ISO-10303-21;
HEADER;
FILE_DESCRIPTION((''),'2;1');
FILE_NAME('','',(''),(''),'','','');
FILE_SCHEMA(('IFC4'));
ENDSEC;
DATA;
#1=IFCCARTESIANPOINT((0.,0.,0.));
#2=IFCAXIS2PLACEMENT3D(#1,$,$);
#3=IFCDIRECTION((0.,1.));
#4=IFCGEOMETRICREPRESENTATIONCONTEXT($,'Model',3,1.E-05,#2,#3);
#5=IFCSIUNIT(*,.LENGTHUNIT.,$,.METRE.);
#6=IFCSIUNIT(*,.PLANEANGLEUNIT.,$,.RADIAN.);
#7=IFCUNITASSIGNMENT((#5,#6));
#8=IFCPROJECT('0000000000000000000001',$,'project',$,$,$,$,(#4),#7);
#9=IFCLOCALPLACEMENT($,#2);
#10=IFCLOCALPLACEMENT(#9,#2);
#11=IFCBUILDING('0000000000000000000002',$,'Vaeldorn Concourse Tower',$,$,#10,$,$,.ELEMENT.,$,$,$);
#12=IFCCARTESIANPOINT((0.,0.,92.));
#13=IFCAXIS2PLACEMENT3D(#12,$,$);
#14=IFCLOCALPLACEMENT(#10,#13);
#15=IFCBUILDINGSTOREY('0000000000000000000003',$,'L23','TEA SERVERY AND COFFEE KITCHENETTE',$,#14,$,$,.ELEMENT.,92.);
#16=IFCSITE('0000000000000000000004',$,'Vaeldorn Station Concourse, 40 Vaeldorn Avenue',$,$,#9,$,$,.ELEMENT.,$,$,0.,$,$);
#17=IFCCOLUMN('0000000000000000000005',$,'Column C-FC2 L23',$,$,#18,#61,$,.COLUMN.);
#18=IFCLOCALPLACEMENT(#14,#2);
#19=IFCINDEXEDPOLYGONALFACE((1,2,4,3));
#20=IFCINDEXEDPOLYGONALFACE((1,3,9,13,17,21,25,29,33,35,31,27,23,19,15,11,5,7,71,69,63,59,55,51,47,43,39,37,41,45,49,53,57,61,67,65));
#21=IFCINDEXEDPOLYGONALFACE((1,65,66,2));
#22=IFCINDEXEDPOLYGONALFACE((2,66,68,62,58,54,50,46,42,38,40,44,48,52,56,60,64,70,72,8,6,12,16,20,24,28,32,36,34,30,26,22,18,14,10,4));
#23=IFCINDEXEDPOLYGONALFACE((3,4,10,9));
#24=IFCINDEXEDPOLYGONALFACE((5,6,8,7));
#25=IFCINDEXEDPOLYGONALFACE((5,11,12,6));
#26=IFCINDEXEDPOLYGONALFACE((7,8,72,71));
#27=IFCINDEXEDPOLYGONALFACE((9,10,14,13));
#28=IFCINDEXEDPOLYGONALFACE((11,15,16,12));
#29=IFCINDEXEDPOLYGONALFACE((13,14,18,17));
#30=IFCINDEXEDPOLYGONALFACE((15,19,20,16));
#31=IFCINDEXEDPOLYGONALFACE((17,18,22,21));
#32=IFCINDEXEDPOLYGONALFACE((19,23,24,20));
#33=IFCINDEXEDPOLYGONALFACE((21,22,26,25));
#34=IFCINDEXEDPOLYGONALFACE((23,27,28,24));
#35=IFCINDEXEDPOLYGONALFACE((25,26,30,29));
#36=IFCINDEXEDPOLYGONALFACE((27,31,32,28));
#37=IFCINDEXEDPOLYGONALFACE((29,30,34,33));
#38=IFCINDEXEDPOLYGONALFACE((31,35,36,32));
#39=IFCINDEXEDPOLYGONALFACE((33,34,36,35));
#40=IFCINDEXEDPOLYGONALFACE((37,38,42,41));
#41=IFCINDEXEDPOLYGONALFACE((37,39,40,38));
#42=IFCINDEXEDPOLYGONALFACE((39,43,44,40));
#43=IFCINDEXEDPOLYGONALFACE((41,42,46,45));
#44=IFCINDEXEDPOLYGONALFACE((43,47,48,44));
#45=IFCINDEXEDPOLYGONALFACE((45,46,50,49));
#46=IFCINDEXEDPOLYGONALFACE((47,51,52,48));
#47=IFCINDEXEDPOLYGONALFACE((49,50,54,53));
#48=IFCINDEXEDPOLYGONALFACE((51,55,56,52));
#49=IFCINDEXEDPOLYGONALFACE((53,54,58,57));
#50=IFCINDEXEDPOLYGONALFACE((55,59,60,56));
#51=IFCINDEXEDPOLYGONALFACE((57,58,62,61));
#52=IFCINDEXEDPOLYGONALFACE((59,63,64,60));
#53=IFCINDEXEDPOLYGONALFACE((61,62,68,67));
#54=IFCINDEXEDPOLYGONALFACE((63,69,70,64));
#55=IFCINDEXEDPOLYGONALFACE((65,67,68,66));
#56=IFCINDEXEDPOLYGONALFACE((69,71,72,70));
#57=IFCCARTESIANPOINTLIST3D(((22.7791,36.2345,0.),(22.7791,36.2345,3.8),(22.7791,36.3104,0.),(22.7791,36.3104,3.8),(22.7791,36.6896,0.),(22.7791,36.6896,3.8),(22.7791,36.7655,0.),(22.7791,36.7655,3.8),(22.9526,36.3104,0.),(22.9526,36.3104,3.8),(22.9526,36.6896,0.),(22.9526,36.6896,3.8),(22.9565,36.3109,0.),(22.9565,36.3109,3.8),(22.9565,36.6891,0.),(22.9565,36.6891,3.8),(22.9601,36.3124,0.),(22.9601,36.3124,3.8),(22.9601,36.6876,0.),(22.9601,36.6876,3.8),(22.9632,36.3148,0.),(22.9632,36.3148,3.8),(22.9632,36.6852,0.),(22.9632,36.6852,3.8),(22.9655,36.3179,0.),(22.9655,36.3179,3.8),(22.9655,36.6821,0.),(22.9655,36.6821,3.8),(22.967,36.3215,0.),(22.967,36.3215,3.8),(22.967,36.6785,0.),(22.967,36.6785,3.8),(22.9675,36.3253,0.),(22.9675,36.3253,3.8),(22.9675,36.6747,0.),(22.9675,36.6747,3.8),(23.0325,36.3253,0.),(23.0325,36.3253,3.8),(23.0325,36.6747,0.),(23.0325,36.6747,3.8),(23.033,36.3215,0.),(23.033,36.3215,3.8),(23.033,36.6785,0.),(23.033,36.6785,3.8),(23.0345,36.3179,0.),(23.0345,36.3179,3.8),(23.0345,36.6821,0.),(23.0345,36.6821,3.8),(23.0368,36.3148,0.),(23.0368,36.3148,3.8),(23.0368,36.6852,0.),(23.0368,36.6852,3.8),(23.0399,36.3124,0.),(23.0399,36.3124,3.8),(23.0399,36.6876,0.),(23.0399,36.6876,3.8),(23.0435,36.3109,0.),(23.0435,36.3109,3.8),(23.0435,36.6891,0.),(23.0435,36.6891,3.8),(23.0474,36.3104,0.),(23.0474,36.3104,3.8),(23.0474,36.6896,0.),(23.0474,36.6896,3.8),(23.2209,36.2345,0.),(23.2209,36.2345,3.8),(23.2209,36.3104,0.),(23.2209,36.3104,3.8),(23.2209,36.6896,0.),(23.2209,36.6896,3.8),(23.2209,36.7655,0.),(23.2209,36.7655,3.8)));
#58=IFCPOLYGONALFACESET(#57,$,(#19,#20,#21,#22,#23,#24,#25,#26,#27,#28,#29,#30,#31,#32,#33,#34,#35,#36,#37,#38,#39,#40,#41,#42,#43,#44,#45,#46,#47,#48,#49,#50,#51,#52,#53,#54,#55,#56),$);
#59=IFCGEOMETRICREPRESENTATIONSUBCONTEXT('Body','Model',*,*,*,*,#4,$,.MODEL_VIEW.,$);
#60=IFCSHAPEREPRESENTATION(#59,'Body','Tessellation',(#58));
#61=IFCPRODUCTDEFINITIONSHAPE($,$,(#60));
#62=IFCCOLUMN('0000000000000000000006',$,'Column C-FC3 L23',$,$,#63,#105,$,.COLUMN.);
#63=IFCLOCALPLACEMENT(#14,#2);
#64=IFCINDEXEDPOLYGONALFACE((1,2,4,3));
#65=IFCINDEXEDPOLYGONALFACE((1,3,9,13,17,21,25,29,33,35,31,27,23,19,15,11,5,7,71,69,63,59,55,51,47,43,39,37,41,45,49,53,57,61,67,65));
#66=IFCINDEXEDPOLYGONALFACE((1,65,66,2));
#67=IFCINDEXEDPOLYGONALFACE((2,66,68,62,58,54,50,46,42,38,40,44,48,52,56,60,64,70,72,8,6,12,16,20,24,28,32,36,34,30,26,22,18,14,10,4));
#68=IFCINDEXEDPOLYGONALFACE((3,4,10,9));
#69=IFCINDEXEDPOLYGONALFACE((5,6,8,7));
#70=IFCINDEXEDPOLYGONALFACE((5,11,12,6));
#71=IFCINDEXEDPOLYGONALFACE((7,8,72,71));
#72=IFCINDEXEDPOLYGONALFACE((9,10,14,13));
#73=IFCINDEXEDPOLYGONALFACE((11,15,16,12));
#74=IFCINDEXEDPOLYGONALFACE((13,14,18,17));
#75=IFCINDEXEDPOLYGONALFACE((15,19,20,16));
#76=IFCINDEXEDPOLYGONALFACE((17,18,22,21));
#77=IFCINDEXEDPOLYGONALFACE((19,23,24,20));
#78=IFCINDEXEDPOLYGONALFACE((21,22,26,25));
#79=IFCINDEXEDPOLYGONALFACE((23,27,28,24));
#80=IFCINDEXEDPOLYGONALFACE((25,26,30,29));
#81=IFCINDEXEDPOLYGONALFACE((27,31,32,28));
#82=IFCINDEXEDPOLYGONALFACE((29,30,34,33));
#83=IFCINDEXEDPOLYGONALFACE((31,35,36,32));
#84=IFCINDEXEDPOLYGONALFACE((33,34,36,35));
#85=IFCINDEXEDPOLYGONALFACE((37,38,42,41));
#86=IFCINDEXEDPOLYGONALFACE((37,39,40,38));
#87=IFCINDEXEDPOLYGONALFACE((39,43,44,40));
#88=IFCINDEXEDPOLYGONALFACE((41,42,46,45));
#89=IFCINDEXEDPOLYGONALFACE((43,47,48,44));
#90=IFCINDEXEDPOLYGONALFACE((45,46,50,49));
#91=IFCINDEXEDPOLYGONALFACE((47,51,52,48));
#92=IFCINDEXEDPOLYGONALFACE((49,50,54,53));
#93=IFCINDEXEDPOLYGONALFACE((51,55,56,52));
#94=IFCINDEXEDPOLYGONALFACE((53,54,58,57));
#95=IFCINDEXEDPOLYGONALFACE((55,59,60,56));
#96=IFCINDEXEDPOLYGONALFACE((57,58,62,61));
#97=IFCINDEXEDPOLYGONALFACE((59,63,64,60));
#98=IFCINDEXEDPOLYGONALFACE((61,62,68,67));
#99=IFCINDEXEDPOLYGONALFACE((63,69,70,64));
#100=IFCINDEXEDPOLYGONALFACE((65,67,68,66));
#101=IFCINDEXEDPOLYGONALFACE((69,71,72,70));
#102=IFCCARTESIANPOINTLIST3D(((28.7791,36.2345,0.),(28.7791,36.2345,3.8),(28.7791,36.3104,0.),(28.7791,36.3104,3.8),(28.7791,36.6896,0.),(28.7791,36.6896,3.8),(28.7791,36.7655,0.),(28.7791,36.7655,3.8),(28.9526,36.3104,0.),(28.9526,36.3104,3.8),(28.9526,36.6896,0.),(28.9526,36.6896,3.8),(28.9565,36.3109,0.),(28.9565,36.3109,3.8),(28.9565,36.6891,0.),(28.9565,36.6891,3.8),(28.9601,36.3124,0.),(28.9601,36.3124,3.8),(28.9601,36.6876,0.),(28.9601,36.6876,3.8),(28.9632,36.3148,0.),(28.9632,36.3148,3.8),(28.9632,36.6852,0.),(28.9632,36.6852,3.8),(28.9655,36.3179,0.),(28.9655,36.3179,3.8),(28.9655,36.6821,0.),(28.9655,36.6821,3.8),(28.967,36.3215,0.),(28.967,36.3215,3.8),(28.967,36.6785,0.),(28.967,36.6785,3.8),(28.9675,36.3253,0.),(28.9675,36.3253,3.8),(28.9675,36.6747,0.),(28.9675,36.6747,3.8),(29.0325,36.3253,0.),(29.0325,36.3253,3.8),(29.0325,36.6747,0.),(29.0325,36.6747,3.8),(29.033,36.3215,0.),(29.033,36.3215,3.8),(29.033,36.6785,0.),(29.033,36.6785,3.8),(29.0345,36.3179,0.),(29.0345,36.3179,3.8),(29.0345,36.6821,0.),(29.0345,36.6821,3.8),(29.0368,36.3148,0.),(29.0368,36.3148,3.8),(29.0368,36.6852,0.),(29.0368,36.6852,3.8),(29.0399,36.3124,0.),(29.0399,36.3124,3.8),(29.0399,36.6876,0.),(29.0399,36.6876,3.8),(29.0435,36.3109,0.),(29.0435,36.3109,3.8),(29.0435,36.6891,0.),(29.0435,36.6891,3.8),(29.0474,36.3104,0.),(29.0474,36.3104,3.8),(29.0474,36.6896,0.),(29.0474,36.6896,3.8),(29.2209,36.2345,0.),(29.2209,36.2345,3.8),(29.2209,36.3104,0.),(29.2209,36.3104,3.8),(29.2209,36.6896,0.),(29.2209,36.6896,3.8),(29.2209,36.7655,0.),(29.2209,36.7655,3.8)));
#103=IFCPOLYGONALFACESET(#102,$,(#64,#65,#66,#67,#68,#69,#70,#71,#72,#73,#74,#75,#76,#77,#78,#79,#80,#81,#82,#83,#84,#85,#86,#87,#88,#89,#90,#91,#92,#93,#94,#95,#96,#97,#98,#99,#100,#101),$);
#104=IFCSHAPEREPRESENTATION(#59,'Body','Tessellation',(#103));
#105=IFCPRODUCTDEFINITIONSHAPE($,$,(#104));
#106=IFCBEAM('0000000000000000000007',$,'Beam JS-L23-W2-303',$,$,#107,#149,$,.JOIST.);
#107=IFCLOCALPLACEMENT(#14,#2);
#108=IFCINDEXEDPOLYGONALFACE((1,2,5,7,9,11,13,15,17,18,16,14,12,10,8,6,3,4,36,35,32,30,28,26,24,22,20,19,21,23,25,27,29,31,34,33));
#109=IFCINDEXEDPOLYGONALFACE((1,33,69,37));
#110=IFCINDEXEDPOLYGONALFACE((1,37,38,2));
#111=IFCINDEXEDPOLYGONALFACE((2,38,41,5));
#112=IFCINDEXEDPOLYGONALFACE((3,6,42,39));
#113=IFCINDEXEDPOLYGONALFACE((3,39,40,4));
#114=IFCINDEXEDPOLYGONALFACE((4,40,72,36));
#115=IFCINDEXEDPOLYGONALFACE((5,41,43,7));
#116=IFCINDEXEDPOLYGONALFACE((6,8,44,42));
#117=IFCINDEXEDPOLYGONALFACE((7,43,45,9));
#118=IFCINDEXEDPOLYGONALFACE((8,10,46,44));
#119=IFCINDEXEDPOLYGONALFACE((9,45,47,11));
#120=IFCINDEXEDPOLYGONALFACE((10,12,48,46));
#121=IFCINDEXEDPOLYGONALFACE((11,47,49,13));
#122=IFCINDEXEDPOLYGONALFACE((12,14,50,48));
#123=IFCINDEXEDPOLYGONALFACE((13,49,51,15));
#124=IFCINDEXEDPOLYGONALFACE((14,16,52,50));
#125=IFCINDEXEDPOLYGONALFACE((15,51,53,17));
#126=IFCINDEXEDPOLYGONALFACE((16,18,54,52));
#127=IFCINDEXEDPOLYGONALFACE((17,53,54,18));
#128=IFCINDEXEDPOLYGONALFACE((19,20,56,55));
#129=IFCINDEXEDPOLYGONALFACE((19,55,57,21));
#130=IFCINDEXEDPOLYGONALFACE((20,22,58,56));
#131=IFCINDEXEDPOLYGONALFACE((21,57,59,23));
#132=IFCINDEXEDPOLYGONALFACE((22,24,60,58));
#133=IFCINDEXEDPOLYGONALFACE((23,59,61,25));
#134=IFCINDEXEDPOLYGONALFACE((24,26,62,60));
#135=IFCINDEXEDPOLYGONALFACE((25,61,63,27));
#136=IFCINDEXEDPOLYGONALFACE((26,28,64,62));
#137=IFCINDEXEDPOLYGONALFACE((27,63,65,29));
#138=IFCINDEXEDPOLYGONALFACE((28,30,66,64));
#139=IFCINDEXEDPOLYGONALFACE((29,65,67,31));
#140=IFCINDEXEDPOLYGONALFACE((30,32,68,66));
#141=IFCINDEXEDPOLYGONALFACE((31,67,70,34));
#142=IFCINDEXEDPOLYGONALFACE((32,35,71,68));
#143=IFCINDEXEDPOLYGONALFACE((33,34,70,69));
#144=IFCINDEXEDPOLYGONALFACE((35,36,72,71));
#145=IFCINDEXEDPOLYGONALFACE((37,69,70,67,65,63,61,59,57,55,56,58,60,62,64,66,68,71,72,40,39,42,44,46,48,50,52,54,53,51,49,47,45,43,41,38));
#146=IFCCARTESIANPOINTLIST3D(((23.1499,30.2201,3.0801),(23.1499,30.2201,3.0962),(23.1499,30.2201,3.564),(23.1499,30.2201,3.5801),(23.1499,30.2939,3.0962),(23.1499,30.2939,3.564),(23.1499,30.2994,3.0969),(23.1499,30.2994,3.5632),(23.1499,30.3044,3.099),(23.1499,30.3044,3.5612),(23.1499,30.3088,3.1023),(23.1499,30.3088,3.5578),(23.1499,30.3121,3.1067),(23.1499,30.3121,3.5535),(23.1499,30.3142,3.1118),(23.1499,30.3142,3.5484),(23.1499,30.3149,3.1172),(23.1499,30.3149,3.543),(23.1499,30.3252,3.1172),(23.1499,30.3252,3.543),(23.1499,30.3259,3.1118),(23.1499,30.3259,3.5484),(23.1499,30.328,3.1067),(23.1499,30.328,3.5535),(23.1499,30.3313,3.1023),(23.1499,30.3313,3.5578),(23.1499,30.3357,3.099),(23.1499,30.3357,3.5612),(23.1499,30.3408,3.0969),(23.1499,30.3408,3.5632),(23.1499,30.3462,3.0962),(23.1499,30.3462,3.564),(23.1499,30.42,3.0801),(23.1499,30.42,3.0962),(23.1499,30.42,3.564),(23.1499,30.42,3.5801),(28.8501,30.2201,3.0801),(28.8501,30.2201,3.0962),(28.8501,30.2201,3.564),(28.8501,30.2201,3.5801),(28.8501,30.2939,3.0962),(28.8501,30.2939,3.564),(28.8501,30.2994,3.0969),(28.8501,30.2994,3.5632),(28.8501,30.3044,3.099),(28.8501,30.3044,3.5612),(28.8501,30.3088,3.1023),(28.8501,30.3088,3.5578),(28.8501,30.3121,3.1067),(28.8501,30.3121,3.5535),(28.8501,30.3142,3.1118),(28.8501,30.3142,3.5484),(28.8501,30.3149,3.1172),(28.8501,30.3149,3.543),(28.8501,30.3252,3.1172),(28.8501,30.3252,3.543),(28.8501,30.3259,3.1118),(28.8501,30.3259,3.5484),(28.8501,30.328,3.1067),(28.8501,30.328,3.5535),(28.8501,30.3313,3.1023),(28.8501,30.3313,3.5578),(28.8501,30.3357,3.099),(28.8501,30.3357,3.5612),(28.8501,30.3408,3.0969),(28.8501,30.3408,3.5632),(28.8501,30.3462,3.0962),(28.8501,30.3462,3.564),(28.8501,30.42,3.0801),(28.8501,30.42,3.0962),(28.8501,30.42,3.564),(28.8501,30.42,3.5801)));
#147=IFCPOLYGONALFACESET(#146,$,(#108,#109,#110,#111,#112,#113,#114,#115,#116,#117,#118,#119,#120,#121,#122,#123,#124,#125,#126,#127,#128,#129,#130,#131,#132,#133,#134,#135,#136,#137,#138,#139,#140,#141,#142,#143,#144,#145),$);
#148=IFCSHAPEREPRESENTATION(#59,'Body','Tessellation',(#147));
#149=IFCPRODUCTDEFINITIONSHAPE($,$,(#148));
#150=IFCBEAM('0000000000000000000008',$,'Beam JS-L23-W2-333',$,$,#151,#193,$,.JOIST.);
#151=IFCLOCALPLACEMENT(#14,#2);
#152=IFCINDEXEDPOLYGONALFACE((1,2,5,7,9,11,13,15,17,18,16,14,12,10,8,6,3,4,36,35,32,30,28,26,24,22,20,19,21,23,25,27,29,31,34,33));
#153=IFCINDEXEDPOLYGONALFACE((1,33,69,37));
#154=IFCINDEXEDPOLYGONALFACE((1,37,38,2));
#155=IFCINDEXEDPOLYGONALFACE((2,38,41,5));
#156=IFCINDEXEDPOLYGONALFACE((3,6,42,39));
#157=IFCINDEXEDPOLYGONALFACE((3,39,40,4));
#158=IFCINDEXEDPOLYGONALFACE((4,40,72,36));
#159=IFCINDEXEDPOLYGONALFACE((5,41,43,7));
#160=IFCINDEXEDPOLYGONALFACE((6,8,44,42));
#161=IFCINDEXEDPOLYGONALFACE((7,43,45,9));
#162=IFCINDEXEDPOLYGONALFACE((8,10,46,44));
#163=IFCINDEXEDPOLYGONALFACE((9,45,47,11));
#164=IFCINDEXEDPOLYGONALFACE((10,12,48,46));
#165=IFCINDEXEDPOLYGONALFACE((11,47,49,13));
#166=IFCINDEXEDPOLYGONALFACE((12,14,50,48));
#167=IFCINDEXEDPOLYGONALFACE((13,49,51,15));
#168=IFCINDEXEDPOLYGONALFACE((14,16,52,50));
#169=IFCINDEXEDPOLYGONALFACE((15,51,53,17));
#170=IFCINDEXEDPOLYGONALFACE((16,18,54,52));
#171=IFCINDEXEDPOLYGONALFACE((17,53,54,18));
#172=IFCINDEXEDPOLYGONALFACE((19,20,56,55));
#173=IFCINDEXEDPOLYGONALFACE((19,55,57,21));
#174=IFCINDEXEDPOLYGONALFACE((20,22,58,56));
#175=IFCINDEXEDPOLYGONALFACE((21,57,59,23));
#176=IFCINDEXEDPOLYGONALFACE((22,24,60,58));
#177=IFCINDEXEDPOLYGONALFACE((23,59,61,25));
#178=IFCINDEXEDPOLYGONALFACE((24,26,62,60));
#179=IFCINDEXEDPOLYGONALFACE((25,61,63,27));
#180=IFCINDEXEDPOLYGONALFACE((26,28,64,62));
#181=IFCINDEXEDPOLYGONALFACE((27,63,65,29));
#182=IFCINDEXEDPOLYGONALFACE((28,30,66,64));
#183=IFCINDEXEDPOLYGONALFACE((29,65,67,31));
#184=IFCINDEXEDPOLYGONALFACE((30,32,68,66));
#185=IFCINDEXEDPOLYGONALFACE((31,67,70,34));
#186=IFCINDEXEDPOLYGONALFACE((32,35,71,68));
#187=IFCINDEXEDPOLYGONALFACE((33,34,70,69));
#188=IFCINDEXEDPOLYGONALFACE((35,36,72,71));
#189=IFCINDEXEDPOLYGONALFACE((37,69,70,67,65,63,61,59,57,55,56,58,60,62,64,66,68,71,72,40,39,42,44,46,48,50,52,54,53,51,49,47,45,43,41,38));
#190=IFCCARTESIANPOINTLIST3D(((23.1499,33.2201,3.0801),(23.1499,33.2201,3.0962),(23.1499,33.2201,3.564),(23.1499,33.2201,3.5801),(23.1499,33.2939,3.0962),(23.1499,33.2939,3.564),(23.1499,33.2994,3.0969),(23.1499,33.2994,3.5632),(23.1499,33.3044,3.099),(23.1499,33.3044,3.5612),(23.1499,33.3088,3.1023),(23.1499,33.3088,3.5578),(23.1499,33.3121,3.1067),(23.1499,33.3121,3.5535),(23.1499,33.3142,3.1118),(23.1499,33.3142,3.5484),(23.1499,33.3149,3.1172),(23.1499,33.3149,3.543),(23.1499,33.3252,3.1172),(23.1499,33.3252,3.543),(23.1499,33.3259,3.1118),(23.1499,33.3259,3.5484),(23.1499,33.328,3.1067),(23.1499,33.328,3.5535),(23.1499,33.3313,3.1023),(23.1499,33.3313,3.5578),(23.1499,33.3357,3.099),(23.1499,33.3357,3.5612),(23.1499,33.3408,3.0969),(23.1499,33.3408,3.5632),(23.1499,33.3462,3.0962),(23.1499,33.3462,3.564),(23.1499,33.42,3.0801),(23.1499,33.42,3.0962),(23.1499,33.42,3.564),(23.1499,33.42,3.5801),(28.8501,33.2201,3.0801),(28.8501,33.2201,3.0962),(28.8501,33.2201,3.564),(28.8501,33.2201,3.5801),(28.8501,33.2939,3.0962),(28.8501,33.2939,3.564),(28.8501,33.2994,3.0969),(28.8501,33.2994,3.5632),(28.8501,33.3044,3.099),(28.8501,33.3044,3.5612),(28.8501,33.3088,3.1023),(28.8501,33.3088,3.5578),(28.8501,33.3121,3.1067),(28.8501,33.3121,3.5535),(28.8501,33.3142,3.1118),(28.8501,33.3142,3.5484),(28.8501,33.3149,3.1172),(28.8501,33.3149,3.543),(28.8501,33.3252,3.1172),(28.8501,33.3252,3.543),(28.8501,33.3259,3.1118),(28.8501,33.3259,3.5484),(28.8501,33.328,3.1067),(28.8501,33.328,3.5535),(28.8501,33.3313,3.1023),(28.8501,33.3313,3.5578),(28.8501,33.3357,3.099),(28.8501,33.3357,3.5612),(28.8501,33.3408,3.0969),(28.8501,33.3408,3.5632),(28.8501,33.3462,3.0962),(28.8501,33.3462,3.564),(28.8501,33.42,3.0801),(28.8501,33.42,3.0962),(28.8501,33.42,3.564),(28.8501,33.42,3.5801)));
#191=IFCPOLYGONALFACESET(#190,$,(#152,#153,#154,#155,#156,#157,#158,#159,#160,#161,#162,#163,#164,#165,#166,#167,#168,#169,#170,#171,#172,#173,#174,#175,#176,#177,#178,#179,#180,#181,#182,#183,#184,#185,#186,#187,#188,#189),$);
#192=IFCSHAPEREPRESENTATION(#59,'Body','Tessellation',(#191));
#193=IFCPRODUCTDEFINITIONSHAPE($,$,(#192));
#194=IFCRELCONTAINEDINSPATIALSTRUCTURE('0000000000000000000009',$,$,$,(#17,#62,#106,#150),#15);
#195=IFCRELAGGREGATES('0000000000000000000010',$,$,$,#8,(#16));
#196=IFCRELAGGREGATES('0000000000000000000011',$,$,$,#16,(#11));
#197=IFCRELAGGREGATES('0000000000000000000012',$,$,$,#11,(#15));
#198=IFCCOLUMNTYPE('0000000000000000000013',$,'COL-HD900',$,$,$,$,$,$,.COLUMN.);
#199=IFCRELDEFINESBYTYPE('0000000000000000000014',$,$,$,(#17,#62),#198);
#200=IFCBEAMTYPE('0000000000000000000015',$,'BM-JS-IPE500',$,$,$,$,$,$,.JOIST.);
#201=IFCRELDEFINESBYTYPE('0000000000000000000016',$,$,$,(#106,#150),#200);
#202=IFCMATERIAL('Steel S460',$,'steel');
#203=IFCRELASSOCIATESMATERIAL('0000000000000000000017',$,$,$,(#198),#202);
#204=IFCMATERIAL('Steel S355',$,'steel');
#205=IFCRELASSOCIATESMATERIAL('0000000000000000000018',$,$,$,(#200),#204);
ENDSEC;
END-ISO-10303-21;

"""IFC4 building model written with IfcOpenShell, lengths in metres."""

from ifc_helpers import new_model, si_unit, direction, frame, origin, origin_2d, place, context, subcontext, project, spatial, i_section, extrude, source, transform, mapped, material, material_profile, profile_set, type_object, element, save


model = new_model("IFC4")

# Units and contexts
model_context = context("Model", 3, precision=1e-05, world=origin(), true_north=direction((0.0, 1.0)))
body_context = subcontext(model_context, "Body", "Model", "MODEL_VIEW")
ifc_project = project(units=[si_unit("LENGTHUNIT", "METRE"), si_unit("PLANEANGLEUNIT", "RADIAN")], contexts=[model_context])

# Site, building, storey
site_placement = place(None, origin())
site = spatial("IfcSite", under=ifc_project, at=site_placement, Name="Vaeldorn Station Concourse, 40 Vaeldorn Avenue", CompositionType="ELEMENT", RefElevation=0.0)
building_placement = place(site_placement, origin())
building = spatial("IfcBuilding", under=site, at=building_placement, Name="Vaeldorn Concourse Tower", CompositionType="ELEMENT")
storey_placement = place(building_placement, frame((0.0, 0.0, 92.0)))
storey = spatial("IfcBuildingStorey", under=building, at=storey_placement, Name="L23", Description="TEA SERVERY AND COFFEE KITCHENETTE", CompositionType="ELEMENT", Elevation=92.0)

# Columns
ifc_material_1 = material(Name="Steel S460", Category="steel")
ifc_material_profile_1 = material_profile(ifc_material_1, i_section(OverallWidth=0.4419, OverallDepth=0.531, WebThickness=0.0649, FlangeThickness=0.0759, FilletRadius=0.0149, at=origin_2d()), Name="HD 400x900")
ifc_profile_set_1 = profile_set([ifc_material_profile_1], Name="Steel S460")
column_type = type_object("IfcColumnType", Name="COL-HD900", PredefinedType="COLUMN", material=ifc_profile_set_1)
shared_shape_1 = source(origin(), body_context, "Body", "SweptSolid", [
    extrude(i_section(OverallWidth=0.4419, OverallDepth=0.531, WebThickness=0.0649, FlangeThickness=0.0759, FilletRadius=0.0149, at=origin_2d()), origin(), (0.0, 0.0, 1.0), 3.8),
])
for number, where, z_axis, x_axis, name in (
    (1, (23.0, 36.5, 0.0), (0.0, 0.0, 1.0), (1.0, 0.0, 0.0), "Column C-FC2 L23"),
    (2, (29.0, 36.5, 0.0), (0.0, 0.0, 1.0), (1.0, 0.0, 0.0), "Column C-FC3 L23"),
):
    element("IfcColumn", number, at=place(storey_placement, frame(where, z_axis=z_axis, x_axis=x_axis)), inside=storey, type_object=column_type, Name=name, PredefinedType="COLUMN", context=body_context, shape_type="MappedRepresentation", body=[
        mapped(shared_shape_1, transform((0.0, 0.0, 0.0), scale=1.0)),
    ])

# Beams
ifc_material_2 = material(Name="Steel S355", Category="steel")
ifc_material_profile_2 = material_profile(ifc_material_2, i_section(OverallWidth=0.2, OverallDepth=0.5, WebThickness=0.0103, FlangeThickness=0.0161, FilletRadius=0.021, at=origin_2d()), Name="IPE 500")
ifc_profile_set_2 = profile_set([ifc_material_profile_2], Name="Steel S355")
beam_type_1 = type_object("IfcBeamType", Name="BM-JS-IPE500", PredefinedType="JOIST", material=ifc_profile_set_2)
shared_shape_2 = source(origin(), body_context, "Body", "SweptSolid", [
    extrude(i_section(OverallWidth=0.2, OverallDepth=0.5, WebThickness=0.0103, FlangeThickness=0.0161, FilletRadius=0.021, at=origin_2d()), origin(), (0.0, 0.0, 1.0), 5.7002),
])
for number, where, z_axis, x_axis, name in (
    (3, (23.1499, 30.3201, 3.3301), (1.0, 0.0, 0.0), (0.0, 1.0, 0.0), "Beam JS-L23-W2-303"),
    (4, (23.1499, 33.3201, 3.3301), (1.0, 0.0, 0.0), (0.0, 1.0, 0.0), "Beam JS-L23-W2-333"),
):
    element("IfcBeam", number, at=place(storey_placement, frame(where, z_axis=z_axis, x_axis=x_axis)), inside=storey, type_object=beam_type_1, Name=name, PredefinedType="JOIST", context=body_context, shape_type="MappedRepresentation", body=[
        mapped(shared_shape_2, transform((0.0, 0.0, 0.0), scale=1.0)),
    ])

save(model, "model.ifc")
